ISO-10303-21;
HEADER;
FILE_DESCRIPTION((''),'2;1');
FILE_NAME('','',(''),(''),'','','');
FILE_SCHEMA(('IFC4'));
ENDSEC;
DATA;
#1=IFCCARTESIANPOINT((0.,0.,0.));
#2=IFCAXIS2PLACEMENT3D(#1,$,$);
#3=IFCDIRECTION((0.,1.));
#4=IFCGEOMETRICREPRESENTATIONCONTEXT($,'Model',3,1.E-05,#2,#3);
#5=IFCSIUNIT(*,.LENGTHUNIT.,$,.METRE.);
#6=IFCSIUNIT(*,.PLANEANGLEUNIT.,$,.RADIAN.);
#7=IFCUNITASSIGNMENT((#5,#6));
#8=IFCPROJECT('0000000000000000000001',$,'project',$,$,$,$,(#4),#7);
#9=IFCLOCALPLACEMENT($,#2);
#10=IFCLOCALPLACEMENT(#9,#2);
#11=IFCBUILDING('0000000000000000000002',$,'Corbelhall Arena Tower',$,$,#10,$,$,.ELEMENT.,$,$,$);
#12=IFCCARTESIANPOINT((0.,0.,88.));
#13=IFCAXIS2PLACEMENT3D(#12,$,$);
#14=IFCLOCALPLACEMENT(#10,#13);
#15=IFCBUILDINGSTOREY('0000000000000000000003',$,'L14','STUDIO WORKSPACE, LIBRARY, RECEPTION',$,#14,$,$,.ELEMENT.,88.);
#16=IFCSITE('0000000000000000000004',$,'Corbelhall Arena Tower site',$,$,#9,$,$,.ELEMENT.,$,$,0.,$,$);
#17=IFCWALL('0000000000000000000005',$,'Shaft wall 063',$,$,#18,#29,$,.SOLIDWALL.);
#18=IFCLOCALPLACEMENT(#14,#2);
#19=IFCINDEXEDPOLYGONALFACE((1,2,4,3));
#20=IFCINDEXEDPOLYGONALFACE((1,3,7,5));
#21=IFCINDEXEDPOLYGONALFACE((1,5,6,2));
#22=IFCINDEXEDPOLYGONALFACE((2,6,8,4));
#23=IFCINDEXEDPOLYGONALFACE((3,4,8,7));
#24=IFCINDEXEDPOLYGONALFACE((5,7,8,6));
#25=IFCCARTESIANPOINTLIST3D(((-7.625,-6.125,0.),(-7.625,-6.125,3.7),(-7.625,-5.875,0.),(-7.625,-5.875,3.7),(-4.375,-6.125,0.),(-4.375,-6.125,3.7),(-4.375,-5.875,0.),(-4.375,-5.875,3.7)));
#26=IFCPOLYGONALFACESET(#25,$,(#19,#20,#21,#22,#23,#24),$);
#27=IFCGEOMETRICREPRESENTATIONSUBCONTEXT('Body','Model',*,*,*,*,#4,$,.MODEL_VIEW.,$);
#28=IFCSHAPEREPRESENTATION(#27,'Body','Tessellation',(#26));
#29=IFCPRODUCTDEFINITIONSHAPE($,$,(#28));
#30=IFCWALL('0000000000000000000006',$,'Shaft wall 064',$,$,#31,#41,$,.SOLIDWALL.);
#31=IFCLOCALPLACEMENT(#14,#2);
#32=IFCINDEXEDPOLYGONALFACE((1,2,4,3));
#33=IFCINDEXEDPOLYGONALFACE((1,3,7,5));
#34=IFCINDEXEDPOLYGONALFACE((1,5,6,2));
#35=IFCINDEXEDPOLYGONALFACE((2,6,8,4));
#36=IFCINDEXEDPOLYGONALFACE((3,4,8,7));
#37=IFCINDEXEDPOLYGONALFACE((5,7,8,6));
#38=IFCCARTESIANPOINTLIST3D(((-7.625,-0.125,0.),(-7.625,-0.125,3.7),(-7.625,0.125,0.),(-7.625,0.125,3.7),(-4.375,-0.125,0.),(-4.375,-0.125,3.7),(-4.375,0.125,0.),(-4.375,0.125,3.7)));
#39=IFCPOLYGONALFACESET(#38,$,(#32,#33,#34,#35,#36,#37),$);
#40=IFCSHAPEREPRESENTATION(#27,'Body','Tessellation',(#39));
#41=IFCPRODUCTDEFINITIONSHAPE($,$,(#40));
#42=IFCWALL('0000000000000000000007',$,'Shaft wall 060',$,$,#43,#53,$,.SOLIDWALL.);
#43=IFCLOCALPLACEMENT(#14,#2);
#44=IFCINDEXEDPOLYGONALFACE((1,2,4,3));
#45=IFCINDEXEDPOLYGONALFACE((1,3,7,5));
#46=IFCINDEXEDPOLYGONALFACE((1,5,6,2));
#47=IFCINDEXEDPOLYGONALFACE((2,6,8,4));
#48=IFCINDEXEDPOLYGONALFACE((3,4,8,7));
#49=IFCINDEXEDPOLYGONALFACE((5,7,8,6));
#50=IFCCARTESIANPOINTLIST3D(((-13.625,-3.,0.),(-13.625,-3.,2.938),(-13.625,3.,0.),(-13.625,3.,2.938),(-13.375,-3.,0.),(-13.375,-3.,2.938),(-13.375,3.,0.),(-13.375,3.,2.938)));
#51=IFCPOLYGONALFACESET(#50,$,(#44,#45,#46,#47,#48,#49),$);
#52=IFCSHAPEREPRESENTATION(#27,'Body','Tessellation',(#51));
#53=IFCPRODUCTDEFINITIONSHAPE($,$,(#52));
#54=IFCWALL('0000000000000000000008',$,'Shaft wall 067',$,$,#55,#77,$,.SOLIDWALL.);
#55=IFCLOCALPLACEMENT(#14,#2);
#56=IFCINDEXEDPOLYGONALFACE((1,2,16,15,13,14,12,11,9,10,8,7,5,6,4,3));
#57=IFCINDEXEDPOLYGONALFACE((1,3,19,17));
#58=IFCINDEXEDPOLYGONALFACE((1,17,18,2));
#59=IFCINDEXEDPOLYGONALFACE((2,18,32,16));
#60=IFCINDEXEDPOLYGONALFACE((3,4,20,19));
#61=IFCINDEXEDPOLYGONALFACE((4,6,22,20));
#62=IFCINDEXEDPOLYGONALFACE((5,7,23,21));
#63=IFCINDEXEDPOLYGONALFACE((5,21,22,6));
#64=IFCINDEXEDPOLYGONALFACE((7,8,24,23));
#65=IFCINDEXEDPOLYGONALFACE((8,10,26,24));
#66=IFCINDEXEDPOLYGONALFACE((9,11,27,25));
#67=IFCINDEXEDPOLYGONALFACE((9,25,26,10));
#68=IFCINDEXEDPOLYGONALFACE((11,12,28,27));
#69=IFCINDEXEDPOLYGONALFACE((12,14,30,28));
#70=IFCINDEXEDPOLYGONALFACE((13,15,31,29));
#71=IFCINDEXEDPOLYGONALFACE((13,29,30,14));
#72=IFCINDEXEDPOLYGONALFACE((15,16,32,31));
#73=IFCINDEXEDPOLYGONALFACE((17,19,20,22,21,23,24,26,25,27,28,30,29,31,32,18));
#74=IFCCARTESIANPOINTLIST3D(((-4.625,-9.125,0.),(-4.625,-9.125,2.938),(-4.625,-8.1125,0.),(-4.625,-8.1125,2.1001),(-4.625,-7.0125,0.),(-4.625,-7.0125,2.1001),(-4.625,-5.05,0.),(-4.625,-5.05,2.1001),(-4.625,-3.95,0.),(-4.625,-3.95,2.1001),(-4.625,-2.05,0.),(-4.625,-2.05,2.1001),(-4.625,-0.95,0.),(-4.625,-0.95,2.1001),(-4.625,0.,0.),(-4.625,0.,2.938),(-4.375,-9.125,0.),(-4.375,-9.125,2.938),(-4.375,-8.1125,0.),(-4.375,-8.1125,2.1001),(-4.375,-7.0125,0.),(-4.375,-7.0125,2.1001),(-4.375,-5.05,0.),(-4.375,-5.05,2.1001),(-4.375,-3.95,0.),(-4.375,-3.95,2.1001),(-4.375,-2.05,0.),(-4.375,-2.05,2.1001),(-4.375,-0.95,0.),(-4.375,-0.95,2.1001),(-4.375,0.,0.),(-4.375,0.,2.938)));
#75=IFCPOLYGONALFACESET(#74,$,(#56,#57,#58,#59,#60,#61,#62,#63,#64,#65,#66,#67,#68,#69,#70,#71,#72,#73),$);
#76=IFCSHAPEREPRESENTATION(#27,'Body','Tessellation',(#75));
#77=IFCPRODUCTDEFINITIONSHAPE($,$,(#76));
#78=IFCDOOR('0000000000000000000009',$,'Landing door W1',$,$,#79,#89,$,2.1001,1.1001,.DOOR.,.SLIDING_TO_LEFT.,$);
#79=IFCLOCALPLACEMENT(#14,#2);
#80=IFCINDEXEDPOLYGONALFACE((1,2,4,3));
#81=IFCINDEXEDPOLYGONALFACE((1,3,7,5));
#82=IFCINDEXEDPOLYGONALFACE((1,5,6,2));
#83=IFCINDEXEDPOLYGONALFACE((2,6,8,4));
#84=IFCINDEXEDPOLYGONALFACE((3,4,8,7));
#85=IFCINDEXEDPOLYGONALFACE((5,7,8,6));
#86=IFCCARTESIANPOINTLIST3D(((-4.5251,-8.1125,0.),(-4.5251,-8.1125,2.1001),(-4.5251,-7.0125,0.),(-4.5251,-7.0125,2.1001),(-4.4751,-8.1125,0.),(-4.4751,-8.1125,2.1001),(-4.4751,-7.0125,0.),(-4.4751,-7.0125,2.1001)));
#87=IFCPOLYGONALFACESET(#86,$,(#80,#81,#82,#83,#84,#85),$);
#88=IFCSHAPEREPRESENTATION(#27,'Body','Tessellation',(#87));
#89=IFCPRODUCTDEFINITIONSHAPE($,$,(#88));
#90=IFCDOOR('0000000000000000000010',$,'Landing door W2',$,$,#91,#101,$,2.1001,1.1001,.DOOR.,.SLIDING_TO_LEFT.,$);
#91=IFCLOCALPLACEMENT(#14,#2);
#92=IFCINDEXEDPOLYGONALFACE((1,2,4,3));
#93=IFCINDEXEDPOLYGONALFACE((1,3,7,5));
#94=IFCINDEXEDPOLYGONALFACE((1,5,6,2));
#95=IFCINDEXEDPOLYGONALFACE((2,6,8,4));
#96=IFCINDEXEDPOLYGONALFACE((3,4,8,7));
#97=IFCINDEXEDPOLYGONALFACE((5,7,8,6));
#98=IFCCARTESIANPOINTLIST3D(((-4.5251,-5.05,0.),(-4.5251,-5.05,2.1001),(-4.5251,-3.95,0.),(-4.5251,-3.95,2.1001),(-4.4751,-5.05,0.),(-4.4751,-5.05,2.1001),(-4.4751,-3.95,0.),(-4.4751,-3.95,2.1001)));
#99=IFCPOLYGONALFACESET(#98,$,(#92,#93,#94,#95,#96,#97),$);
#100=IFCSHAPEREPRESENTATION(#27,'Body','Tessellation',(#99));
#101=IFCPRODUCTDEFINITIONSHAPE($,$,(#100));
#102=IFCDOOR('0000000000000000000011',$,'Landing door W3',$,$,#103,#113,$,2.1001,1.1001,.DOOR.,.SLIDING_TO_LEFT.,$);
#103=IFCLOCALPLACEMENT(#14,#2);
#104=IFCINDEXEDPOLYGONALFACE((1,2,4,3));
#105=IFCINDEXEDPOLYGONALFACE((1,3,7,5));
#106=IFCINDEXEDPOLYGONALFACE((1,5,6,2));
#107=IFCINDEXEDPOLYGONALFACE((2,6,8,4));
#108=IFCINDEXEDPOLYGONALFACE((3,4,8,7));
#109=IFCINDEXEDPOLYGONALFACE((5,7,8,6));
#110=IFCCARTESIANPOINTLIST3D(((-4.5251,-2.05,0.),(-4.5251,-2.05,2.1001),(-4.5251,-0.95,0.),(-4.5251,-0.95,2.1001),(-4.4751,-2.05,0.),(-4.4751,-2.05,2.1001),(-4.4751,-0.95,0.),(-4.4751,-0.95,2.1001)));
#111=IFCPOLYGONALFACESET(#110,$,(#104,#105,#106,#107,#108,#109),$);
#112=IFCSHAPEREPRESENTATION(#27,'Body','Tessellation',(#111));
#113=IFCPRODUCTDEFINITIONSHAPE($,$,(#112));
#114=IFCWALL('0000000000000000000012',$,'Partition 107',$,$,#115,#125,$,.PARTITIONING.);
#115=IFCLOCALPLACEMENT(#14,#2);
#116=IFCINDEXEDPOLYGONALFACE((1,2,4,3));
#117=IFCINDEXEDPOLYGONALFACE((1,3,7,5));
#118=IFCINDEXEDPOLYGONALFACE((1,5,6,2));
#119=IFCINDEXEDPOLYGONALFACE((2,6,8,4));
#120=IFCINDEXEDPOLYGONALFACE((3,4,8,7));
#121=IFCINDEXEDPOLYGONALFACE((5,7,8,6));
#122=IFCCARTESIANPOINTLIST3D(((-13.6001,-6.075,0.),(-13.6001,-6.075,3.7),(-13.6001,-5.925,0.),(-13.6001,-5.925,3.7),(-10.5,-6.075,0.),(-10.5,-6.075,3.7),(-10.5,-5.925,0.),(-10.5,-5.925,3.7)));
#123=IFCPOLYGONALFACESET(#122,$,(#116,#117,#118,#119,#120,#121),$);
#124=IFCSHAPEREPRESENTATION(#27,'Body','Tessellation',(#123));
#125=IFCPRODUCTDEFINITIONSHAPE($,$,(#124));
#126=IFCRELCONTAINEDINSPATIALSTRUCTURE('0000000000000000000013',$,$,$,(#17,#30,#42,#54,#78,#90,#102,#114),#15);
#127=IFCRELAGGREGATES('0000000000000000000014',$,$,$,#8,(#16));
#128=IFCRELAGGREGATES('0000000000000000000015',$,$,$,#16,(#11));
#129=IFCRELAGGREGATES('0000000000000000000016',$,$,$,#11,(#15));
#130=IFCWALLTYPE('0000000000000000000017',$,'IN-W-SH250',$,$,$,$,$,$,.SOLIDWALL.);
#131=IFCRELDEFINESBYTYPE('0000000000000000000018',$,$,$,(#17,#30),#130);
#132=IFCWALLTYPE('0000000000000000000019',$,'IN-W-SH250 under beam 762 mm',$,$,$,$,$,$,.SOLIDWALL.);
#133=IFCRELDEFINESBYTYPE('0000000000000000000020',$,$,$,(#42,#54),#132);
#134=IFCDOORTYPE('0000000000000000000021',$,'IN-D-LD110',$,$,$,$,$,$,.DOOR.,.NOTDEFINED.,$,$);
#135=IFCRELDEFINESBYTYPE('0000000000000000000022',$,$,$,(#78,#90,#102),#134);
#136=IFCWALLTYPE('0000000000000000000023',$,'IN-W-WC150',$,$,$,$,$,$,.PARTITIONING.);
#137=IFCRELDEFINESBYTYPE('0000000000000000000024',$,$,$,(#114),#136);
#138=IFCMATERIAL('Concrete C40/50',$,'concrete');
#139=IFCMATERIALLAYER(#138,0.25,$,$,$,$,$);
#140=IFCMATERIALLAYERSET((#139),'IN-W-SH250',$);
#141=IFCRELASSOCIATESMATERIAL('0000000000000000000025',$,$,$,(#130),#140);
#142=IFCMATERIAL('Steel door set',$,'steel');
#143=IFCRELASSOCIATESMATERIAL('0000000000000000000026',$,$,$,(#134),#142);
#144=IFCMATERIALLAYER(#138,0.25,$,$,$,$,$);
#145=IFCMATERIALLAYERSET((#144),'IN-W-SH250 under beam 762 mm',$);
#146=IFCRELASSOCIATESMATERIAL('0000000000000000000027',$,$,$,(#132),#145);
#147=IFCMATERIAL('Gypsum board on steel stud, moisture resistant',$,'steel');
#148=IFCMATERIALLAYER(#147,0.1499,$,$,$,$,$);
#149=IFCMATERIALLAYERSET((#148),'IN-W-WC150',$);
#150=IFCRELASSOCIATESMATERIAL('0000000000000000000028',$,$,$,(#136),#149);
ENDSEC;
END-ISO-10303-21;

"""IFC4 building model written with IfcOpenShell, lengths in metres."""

from ifc_helpers import new_model, si_unit, direction, frame, frame_2d, origin, place, context, subcontext, project, spatial, rectangle, extrude, material, layer, layer_set, type_object, element, fill, save


model = new_model("IFC4")

# Units and contexts
model_context = context("Model", 3, precision=1e-05, world=origin(), true_north=direction((0.0, 1.0)))
body_context = subcontext(model_context, "Body", "Model", "MODEL_VIEW")
ifc_project = project(units=[si_unit("LENGTHUNIT", "METRE"), si_unit("PLANEANGLEUNIT", "RADIAN")], contexts=[model_context])

# Site, building, storey
site_placement = place(None, origin())
site = spatial("IfcSite", under=ifc_project, at=site_placement, Name="Corbelhall Arena Tower site", CompositionType="ELEMENT", RefElevation=0.0)
building_placement = place(site_placement, origin())
building = spatial("IfcBuilding", under=site, at=building_placement, Name="Corbelhall Arena Tower", CompositionType="ELEMENT")
storey_placement = place(building_placement, frame((0.0, 0.0, 88.0)))
storey = spatial("IfcBuildingStorey", under=building, at=storey_placement, Name="L14", Description="STUDIO WORKSPACE, LIBRARY, RECEPTION", CompositionType="ELEMENT", Elevation=88.0)

# Shared definitions
ifc_material_1 = material(Name="Concrete C40/50", Category="concrete")
ifc_layer_1 = layer(ifc_material_1, 0.25)
ifc_layer_set_1 = layer_set([ifc_layer_1], Name="IN-W-SH250")
wall_type_1 = type_object("IfcWallType", Name="IN-W-SH250", PredefinedType="SOLIDWALL", material=ifc_layer_set_1)

# Shared definitions
ifc_material_2 = material(Name="Steel door set", Category="steel")

# Shared definitions
door_type_1 = type_object("IfcDoorType", Name="IN-D-LD110", OperationType="NOTDEFINED", PredefinedType="DOOR", material=ifc_material_2)

# Walls
for number, where, z_axis, x_axis, name in (
    (1, (-7.625, -6.0, 0.0), (0.0, 0.0, 1.0), (1.0, 0.0, 0.0), "Shaft wall 063"),
    (2, (-7.625, 0.0, 0.0), (0.0, 0.0, 1.0), (1.0, 0.0, 0.0), "Shaft wall 064"),
):
    element("IfcWall", number, at=place(storey_placement, frame(where, z_axis=z_axis, x_axis=x_axis)), inside=storey, type_object=wall_type_1, Name=name, PredefinedType="SOLIDWALL", context=body_context, shape_type="SweptSolid", body=[
        extrude(rectangle(XDim=3.25, YDim=0.25, at=frame_2d((1.625, 0.0))), origin(), (0.0, 0.0, 1.0), 3.7),
    ])
ifc_layer_2 = layer(ifc_material_1, 0.25)
ifc_layer_set_2 = layer_set([ifc_layer_2], Name="IN-W-SH250 under beam 762 mm")
wall_type_2 = type_object("IfcWallType", Name="IN-W-SH250 under beam 762 mm", PredefinedType="SOLIDWALL", material=ifc_layer_set_2)
wall_1_placement = place(storey_placement, frame((-13.5, -3.0, 0.0), z_axis=(0.0, 0.0, 1.0), x_axis=(0.0, 1.0, 0.0)))
element("IfcWall", 3, at=wall_1_placement, inside=storey, type_object=wall_type_2, Name="Shaft wall 060", PredefinedType="SOLIDWALL", context=body_context, shape_type="SweptSolid", body=[
    extrude(rectangle(XDim=6.0, YDim=0.25, at=frame_2d((3.0, 0.0))), origin(), (0.0, 0.0, 1.0), 2.938),
])

# Wall, openings, doors
wall_2_placement = place(storey_placement, frame((-4.5, 0.0, 0.0), z_axis=(0.0, 0.0, 1.0), x_axis=(0.0, -1.0, 0.0)))
wall_2 = element("IfcWall", 4, at=wall_2_placement, inside=storey, type_object=wall_type_2, Name="Shaft wall 067", PredefinedType="SOLIDWALL", context=body_context, shape_type="SweptSolid", body=[
    extrude(rectangle(XDim=9.125, YDim=0.25, at=frame_2d((4.5625, 0.0))), origin(), (0.0, 0.0, 1.0), 2.938),
])
opening_1_placement = place(wall_2_placement, frame((7.0125, 0.0, 0.0)))
opening_1 = element("IfcOpeningElement", 5, at=opening_1_placement, cuts=wall_2, PredefinedType="OPENING", context=body_context, shape_type="SweptSolid", body=[
    extrude(rectangle(XDim=1.1001, YDim=2.1001, at=frame_2d((0.55, 1.05))), frame((0.0, 0.125, 0.0), z_axis=(0.0, -1.0, 0.0), x_axis=(1.0, 0.0, 0.0)), (0.0, 0.0, 1.0), 0.25),
])
opening_2_placement = place(wall_2_placement, frame((3.95, 0.0, 0.0)))
opening_2 = element("IfcOpeningElement", 6, at=opening_2_placement, cuts=wall_2, PredefinedType="OPENING", context=body_context, shape_type="SweptSolid", body=[
    extrude(rectangle(XDim=1.1001, YDim=2.1001, at=frame_2d((0.55, 1.05))), frame((0.0, 0.125, 0.0), z_axis=(0.0, -1.0, 0.0), x_axis=(1.0, 0.0, 0.0)), (0.0, 0.0, 1.0), 0.25),
])
opening_3_placement = place(wall_2_placement, frame((0.95, 0.0, 0.0)))
opening_3 = element("IfcOpeningElement", 7, at=opening_3_placement, cuts=wall_2, PredefinedType="OPENING", context=body_context, shape_type="SweptSolid", body=[
    extrude(rectangle(XDim=1.1001, YDim=2.1001, at=frame_2d((0.55, 1.05))), frame((0.0, 0.125, 0.0), z_axis=(0.0, -1.0, 0.0), x_axis=(1.0, 0.0, 0.0)), (0.0, 0.0, 1.0), 0.25),
])
door_1_placement = place(opening_1_placement, origin())
door_1 = element("IfcDoor", 8, at=door_1_placement, inside=storey, type_object=door_type_1, Name="Landing door W1", OperationType="SLIDING_TO_LEFT", OverallHeight=2.1001, OverallWidth=1.1001, PredefinedType="DOOR", context=body_context, shape_type="SweptSolid", body=[
    extrude(rectangle(XDim=1.1001, YDim=2.1001, at=frame_2d((0.55, 1.05))), frame((0.0, 0.0249, 0.0), z_axis=(0.0, -1.0, 0.0), x_axis=(1.0, 0.0, 0.0)), (0.0, 0.0, 1.0), 0.05),
])
fill(opening_1, door_1)
door_2_placement = place(opening_2_placement, origin())
door_2 = element("IfcDoor", 9, at=door_2_placement, inside=storey, type_object=door_type_1, Name="Landing door W2", OperationType="SLIDING_TO_LEFT", OverallHeight=2.1001, OverallWidth=1.1001, PredefinedType="DOOR", context=body_context, shape_type="SweptSolid", body=[
    extrude(rectangle(XDim=1.1001, YDim=2.1001, at=frame_2d((0.55, 1.05))), frame((0.0, 0.0249, 0.0), z_axis=(0.0, -1.0, 0.0), x_axis=(1.0, 0.0, 0.0)), (0.0, 0.0, 1.0), 0.05),
])
fill(opening_2, door_2)
door_3_placement = place(opening_3_placement, origin())
door_3 = element("IfcDoor", 10, at=door_3_placement, inside=storey, type_object=door_type_1, Name="Landing door W3", OperationType="SLIDING_TO_LEFT", OverallHeight=2.1001, OverallWidth=1.1001, PredefinedType="DOOR", context=body_context, shape_type="SweptSolid", body=[
    extrude(rectangle(XDim=1.1001, YDim=2.1001, at=frame_2d((0.55, 1.05))), frame((0.0, 0.0249, 0.0), z_axis=(0.0, -1.0, 0.0), x_axis=(1.0, 0.0, 0.0)), (0.0, 0.0, 1.0), 0.05),
])
fill(opening_3, door_3)

# Wall
ifc_material_3 = material(Name="Gypsum board on steel stud, moisture resistant", Category="steel")
ifc_layer_3 = layer(ifc_material_3, 0.1499)
ifc_layer_set_3 = layer_set([ifc_layer_3], Name="IN-W-WC150")
wall_type_3 = type_object("IfcWallType", Name="IN-W-WC150", PredefinedType="PARTITIONING", material=ifc_layer_set_3)
wall_3_placement = place(storey_placement, frame((-13.6001, -6.0, 0.0), z_axis=(0.0, 0.0, 1.0), x_axis=(1.0, 0.0, 0.0)))
element("IfcWall", 11, at=wall_3_placement, inside=storey, type_object=wall_type_3, Name="Partition 107", PredefinedType="PARTITIONING", context=body_context, shape_type="SweptSolid", body=[
    extrude(rectangle(XDim=3.1001, YDim=0.1499, at=frame_2d((1.55, 0.0))), origin(), (0.0, 0.0, 1.0), 3.7),
])

save(model, "model.ifc")
